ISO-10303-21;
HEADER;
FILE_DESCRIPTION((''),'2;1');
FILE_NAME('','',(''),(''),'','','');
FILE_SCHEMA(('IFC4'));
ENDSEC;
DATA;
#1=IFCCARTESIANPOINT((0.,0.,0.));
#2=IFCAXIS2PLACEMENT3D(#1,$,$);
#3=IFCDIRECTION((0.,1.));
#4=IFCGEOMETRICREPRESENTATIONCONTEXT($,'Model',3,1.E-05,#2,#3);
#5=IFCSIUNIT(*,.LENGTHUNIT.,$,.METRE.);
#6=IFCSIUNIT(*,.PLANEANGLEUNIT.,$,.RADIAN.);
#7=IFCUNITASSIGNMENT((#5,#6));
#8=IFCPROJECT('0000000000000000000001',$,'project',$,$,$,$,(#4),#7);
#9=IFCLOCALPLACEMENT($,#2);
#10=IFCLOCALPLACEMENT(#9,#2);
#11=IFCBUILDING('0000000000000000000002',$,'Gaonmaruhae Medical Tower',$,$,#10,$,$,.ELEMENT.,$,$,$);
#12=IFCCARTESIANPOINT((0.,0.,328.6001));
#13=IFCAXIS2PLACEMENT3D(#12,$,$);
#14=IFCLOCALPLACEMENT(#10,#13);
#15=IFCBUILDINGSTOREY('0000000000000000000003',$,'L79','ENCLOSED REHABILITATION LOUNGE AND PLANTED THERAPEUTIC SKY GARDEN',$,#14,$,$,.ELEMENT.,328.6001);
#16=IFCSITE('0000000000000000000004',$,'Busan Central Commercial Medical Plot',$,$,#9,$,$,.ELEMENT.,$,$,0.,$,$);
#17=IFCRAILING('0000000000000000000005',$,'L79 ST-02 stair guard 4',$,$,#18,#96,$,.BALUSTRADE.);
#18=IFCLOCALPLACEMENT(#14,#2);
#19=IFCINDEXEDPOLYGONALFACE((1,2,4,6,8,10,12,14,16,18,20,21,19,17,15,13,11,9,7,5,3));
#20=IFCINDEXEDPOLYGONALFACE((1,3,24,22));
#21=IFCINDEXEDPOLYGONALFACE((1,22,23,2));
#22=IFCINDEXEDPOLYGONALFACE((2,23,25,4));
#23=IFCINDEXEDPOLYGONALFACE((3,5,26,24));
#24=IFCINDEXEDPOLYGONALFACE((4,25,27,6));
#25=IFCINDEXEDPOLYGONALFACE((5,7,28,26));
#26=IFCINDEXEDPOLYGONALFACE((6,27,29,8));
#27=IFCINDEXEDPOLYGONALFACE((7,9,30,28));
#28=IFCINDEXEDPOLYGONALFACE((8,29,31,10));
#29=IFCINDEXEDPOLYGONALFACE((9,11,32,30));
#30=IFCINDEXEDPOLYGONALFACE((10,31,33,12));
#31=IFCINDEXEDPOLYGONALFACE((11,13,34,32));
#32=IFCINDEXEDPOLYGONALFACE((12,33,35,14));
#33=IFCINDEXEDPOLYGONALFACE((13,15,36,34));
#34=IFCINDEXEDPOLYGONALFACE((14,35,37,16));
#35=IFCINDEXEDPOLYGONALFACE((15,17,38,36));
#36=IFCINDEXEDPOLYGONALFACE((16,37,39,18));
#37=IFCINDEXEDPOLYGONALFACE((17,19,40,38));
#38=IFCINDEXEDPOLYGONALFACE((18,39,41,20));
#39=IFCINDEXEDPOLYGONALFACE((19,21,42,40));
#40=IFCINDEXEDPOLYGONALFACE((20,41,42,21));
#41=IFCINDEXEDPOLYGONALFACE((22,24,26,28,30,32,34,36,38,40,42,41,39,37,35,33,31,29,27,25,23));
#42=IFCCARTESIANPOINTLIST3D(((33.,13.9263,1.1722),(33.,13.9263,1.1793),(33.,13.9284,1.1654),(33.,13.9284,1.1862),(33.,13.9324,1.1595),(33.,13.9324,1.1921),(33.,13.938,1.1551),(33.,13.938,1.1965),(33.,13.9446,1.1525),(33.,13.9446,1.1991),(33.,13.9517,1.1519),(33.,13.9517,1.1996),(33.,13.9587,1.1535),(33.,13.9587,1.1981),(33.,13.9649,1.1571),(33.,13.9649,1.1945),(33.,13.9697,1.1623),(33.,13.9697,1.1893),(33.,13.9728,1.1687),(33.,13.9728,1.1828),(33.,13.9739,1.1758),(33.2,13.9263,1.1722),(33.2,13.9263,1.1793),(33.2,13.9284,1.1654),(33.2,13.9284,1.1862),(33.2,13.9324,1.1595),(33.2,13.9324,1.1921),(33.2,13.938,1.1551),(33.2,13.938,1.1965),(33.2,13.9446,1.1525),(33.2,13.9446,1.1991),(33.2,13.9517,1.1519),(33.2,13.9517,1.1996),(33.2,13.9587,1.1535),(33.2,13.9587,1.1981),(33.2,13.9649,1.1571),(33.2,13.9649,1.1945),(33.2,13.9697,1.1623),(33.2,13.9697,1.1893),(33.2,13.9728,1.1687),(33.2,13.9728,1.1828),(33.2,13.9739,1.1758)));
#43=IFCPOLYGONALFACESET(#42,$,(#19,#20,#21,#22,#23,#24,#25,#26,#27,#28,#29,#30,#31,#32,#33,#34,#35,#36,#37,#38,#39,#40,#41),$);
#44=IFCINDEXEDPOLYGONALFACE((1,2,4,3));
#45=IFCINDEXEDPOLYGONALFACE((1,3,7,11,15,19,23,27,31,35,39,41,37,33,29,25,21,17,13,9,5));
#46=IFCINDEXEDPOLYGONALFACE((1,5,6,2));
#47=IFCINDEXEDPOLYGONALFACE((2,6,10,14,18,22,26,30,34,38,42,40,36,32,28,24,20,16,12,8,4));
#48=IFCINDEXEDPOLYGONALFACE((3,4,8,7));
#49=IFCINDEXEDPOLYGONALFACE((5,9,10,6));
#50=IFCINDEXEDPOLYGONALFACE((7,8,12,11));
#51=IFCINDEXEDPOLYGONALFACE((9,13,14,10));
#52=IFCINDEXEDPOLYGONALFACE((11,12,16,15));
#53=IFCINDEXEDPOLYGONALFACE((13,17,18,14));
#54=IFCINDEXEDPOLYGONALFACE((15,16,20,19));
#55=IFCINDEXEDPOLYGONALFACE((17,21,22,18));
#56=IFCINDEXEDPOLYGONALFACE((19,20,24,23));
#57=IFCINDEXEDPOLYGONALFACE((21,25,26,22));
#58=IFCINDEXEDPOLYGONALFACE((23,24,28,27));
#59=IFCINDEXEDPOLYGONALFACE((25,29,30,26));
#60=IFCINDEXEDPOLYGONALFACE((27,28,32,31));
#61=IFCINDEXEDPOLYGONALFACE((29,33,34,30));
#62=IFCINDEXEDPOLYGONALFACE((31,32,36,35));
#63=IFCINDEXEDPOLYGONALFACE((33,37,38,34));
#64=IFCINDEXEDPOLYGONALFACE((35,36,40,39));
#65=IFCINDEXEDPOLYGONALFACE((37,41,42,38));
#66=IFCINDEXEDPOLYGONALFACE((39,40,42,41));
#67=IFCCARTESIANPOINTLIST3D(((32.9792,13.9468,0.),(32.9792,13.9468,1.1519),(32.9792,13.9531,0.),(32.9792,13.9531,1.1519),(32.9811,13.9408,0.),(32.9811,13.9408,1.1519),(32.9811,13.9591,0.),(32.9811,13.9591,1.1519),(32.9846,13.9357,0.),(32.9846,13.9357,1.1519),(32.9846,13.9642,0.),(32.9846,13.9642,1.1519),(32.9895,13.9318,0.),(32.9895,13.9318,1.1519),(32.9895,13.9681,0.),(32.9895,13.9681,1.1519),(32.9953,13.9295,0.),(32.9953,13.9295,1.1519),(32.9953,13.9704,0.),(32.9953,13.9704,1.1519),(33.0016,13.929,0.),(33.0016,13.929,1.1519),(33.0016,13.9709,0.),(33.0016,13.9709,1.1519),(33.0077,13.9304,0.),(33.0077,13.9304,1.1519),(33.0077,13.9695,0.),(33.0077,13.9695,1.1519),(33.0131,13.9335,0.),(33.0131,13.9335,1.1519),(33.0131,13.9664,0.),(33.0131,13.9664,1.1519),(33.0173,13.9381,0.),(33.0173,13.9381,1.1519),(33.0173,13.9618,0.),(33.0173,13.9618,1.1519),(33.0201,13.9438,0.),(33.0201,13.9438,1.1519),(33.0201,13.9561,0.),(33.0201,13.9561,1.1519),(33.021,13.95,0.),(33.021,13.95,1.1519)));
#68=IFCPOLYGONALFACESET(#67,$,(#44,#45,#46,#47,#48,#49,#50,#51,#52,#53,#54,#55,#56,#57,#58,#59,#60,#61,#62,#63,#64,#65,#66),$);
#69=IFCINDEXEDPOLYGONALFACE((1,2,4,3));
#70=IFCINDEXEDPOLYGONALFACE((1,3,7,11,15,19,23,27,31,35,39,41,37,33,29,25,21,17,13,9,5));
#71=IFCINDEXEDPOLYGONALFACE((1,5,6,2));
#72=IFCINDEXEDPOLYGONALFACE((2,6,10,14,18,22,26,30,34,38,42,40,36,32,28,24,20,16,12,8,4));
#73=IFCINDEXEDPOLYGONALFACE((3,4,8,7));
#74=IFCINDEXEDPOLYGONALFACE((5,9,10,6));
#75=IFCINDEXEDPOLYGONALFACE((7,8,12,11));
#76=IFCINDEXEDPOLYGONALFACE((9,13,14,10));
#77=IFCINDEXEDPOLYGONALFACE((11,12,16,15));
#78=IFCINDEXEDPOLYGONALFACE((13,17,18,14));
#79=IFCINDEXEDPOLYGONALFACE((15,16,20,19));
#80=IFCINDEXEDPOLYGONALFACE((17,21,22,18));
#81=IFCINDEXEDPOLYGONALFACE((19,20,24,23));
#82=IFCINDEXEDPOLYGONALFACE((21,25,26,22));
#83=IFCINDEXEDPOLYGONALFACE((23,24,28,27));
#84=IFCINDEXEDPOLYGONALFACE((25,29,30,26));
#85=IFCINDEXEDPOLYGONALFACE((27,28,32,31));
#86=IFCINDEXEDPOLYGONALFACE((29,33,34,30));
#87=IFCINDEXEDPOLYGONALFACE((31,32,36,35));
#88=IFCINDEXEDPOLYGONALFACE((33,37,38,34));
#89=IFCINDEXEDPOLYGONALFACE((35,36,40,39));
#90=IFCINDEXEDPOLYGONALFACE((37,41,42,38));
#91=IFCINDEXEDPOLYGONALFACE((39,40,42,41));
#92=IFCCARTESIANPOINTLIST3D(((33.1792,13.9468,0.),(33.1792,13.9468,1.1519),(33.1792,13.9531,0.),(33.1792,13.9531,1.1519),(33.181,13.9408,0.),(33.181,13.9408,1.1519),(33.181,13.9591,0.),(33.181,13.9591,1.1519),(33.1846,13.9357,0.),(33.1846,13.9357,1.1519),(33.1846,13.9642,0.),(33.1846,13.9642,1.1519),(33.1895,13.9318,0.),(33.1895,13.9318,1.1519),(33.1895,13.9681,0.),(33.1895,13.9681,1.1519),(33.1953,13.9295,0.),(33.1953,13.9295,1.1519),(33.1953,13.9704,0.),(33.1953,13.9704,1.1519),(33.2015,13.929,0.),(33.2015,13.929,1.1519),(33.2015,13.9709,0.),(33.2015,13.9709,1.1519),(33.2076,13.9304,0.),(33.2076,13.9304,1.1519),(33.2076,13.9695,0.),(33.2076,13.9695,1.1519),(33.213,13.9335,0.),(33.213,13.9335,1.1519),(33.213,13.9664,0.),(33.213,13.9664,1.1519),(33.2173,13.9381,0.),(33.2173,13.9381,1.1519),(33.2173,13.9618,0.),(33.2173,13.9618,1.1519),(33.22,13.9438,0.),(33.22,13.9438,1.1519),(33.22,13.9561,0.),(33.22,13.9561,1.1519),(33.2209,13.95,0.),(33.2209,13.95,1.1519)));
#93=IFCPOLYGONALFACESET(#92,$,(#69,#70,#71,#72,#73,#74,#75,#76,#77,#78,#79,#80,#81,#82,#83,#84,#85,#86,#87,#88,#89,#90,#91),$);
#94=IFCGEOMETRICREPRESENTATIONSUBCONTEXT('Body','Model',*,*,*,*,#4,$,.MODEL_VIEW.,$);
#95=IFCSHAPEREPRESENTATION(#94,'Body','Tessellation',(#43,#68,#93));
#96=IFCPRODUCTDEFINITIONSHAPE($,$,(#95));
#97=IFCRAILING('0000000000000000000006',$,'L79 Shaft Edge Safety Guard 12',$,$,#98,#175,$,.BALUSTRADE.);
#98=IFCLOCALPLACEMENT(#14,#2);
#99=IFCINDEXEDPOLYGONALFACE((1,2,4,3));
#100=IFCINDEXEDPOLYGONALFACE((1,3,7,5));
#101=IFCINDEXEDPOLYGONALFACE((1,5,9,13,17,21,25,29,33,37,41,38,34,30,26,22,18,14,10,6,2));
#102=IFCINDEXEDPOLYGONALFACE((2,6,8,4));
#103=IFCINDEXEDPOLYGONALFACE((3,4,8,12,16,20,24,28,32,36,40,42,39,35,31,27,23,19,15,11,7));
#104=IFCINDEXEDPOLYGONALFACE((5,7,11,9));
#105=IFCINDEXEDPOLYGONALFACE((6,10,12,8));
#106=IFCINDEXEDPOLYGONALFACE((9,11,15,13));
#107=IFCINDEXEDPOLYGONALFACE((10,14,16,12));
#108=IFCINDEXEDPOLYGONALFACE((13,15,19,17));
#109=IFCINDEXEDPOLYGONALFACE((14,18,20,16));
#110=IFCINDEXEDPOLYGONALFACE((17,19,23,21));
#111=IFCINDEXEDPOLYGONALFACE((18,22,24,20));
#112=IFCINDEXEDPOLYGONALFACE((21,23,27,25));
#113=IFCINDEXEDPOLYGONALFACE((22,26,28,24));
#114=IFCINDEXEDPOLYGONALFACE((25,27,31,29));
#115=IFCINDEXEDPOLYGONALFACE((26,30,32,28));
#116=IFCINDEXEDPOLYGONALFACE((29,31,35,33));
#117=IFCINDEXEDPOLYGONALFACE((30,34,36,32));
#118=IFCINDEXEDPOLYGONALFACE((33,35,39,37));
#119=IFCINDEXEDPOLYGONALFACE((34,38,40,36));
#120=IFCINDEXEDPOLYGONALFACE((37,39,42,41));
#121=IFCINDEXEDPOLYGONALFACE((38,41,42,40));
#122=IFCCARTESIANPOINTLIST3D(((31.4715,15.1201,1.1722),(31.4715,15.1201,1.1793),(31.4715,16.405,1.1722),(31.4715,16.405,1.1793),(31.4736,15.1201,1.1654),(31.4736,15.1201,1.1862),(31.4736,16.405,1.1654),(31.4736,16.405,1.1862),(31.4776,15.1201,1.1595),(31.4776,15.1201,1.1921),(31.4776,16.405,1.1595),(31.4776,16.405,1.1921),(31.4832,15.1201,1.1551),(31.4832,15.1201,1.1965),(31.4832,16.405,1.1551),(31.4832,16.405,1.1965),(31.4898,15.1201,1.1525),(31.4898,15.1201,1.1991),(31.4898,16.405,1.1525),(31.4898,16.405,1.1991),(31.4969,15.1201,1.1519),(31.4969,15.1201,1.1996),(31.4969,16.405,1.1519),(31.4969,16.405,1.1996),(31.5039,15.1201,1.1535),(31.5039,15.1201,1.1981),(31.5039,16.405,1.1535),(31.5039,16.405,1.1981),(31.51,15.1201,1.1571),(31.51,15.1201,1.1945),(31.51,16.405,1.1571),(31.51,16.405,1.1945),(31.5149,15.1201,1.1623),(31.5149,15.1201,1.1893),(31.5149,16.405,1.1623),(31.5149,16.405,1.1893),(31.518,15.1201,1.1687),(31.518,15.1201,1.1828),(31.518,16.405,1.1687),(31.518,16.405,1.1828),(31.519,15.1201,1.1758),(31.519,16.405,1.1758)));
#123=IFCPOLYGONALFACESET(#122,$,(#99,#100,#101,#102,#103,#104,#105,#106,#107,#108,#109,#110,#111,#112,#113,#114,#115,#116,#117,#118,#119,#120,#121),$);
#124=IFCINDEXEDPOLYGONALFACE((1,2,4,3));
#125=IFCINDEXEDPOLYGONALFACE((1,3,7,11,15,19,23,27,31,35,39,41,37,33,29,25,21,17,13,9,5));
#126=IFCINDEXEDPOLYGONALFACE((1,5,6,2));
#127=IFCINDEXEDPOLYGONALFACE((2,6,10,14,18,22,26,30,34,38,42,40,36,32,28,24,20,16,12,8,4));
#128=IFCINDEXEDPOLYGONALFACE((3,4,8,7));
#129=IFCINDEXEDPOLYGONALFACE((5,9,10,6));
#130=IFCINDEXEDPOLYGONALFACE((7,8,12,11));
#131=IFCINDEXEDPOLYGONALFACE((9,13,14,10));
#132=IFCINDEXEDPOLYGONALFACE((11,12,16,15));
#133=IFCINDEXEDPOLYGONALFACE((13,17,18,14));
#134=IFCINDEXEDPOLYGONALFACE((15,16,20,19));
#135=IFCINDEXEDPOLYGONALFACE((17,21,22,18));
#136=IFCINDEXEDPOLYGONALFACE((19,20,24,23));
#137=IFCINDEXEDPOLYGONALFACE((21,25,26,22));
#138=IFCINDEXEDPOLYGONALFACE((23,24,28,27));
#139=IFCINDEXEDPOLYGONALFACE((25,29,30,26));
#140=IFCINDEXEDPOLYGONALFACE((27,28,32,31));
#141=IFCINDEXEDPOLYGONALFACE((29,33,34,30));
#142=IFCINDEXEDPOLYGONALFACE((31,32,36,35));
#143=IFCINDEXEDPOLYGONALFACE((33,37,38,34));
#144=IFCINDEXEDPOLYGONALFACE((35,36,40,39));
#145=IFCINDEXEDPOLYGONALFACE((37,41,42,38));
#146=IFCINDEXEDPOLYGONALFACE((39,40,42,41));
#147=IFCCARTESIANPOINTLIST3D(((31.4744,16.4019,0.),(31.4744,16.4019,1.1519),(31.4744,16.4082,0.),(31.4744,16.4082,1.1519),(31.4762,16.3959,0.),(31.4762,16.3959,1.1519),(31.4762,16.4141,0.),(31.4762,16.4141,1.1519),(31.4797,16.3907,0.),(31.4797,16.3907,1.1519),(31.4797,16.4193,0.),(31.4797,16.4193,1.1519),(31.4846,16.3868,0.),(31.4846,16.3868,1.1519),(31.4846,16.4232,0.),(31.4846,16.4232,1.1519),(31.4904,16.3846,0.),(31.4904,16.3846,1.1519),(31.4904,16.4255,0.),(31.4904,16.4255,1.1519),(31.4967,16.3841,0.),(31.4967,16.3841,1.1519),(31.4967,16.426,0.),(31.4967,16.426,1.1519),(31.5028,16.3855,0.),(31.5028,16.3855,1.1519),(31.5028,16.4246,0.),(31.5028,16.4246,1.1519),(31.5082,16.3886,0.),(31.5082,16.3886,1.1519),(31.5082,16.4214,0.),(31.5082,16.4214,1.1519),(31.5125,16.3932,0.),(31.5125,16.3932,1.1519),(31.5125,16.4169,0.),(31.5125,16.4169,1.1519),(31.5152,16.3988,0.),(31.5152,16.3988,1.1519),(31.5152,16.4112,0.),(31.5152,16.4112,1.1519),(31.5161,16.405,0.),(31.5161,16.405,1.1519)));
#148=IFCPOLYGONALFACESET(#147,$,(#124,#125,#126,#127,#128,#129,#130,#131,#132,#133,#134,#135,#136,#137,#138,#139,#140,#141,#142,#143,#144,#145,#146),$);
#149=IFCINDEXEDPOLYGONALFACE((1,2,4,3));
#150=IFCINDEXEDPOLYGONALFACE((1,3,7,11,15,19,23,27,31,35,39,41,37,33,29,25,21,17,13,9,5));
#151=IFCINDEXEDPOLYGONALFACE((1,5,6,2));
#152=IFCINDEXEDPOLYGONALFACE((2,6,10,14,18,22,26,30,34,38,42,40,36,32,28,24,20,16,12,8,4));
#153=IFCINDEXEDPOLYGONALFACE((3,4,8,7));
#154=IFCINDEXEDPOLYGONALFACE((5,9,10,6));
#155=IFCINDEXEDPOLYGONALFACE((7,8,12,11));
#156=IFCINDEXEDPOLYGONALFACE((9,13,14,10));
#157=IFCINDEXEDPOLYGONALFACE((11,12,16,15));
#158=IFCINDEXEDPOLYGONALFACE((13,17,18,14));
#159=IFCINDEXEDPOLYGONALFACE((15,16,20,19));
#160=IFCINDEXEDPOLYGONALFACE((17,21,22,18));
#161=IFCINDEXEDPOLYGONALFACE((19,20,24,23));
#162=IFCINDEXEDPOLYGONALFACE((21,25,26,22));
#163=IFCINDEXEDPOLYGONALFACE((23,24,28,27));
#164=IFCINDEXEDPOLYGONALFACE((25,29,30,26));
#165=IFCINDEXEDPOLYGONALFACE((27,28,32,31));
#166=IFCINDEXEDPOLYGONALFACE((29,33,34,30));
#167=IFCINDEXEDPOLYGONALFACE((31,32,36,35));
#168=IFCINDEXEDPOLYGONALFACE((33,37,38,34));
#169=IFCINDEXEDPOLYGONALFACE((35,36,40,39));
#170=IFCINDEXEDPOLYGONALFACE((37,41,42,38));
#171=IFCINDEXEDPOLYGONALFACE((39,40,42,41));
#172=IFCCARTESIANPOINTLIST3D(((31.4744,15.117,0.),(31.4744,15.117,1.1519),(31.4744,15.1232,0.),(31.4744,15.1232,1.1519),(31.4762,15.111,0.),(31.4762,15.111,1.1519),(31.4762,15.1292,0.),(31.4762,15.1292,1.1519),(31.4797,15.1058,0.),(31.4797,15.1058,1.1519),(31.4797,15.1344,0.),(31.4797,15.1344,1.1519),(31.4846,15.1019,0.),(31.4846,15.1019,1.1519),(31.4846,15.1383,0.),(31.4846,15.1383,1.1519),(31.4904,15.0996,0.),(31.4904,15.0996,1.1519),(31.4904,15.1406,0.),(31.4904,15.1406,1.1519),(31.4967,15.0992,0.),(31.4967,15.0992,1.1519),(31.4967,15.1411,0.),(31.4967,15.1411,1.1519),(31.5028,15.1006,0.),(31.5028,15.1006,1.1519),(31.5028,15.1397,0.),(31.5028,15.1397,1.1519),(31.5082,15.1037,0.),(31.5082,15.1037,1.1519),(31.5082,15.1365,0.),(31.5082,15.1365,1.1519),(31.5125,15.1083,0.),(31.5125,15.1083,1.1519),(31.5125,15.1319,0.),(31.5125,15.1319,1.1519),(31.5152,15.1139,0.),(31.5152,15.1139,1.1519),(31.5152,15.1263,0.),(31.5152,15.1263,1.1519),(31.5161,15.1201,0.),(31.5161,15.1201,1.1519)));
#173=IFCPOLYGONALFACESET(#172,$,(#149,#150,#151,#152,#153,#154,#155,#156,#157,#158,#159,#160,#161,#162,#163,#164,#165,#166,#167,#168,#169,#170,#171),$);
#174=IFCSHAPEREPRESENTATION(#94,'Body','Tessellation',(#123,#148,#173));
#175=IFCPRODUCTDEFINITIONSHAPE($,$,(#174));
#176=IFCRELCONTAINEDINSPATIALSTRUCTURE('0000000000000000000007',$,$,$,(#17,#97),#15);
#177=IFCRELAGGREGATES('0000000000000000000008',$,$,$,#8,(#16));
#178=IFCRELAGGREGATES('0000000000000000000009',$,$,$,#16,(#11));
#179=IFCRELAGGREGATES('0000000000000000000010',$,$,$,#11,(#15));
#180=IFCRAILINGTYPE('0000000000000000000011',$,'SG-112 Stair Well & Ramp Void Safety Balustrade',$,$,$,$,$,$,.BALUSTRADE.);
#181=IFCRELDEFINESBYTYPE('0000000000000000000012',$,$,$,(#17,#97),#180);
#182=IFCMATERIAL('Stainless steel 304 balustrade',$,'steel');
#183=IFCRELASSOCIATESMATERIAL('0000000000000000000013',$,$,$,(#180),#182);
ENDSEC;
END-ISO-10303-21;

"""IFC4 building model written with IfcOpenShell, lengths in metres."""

from ifc_helpers import new_model, si_unit, direction, frame, origin, origin_2d, place, context, subcontext, project, spatial, circle, extrude, material, type_object, element, save


model = new_model("IFC4")

# Units and contexts
model_context = context("Model", 3, precision=1e-05, world=origin(), true_north=direction((0.0, 1.0)))
body_context = subcontext(model_context, "Body", "Model", "MODEL_VIEW")
ifc_project = project(units=[si_unit("LENGTHUNIT", "METRE"), si_unit("PLANEANGLEUNIT", "RADIAN")], contexts=[model_context])

# Site, building, storey
site_placement = place(None, origin())
site = spatial("IfcSite", under=ifc_project, at=site_placement, Name="Busan Central Commercial Medical Plot", CompositionType="ELEMENT", RefElevation=0.0)
building_placement = place(site_placement, origin())
building = spatial("IfcBuilding", under=site, at=building_placement, Name="Gaonmaruhae Medical Tower", CompositionType="ELEMENT")
storey_placement = place(building_placement, frame((0.0, 0.0, 328.6001)))
storey = spatial("IfcBuildingStorey", under=building, at=storey_placement, Name="L79", Description="ENCLOSED REHABILITATION LOUNGE AND PLANTED THERAPEUTIC SKY GARDEN", CompositionType="ELEMENT", Elevation=328.6001)

# Railings
ifc_material_1 = material(Name="Stainless steel 304 balustrade", Category="steel")
railing_type_1 = type_object("IfcRailingType", Name="SG-112 Stair Well & Ramp Void Safety Balustrade", PredefinedType="BALUSTRADE", material=ifc_material_1)
railing_1_placement = place(storey_placement, frame((33.0, 13.95, 0.0)))
element("IfcRailing", 1, at=railing_1_placement, inside=storey, type_object=railing_type_1, Name="L79 ST-02 stair guard 4", PredefinedType="BALUSTRADE", context=body_context, shape_type="SweptSolid", body=[
    extrude(circle(Radius=0.0239, at=origin_2d()), frame((0.0, 0.0, 1.1758), z_axis=(1.0, 0.0, 0.0), x_axis=(0.0, 1.0, 0.0)), (0.0, 0.0, 1.0), 0.2),
    extrude(circle(Radius=0.021, at=origin_2d()), origin(), (0.0, 0.0, 1.0), 1.1519),
    extrude(circle(Radius=0.021, at=origin_2d()), frame((0.2, 0.0, 0.0)), (0.0, 0.0, 1.0), 1.1519),
])
railing_2_placement = place(storey_placement, frame((31.4951, 16.405, 0.0)))
element("IfcRailing", 2, at=railing_2_placement, inside=storey, type_object=railing_type_1, Name="L79 Shaft Edge Safety Guard 12", PredefinedType="BALUSTRADE", context=body_context, shape_type="SweptSolid", body=[
    extrude(circle(Radius=0.0239, at=origin_2d()), frame((0.0, 0.0, 1.1758), z_axis=(0.0, -1.0, 0.0), x_axis=(1.0, 0.0, 0.0)), (0.0, 0.0, 1.0), 1.2849),
    extrude(circle(Radius=0.021, at=origin_2d()), origin(), (0.0, 0.0, 1.0), 1.1519),
    extrude(circle(Radius=0.021, at=origin_2d()), frame((0.0, -1.2849, 0.0)), (0.0, 0.0, 1.0), 1.1519),
])

save(model, "model.ifc")
